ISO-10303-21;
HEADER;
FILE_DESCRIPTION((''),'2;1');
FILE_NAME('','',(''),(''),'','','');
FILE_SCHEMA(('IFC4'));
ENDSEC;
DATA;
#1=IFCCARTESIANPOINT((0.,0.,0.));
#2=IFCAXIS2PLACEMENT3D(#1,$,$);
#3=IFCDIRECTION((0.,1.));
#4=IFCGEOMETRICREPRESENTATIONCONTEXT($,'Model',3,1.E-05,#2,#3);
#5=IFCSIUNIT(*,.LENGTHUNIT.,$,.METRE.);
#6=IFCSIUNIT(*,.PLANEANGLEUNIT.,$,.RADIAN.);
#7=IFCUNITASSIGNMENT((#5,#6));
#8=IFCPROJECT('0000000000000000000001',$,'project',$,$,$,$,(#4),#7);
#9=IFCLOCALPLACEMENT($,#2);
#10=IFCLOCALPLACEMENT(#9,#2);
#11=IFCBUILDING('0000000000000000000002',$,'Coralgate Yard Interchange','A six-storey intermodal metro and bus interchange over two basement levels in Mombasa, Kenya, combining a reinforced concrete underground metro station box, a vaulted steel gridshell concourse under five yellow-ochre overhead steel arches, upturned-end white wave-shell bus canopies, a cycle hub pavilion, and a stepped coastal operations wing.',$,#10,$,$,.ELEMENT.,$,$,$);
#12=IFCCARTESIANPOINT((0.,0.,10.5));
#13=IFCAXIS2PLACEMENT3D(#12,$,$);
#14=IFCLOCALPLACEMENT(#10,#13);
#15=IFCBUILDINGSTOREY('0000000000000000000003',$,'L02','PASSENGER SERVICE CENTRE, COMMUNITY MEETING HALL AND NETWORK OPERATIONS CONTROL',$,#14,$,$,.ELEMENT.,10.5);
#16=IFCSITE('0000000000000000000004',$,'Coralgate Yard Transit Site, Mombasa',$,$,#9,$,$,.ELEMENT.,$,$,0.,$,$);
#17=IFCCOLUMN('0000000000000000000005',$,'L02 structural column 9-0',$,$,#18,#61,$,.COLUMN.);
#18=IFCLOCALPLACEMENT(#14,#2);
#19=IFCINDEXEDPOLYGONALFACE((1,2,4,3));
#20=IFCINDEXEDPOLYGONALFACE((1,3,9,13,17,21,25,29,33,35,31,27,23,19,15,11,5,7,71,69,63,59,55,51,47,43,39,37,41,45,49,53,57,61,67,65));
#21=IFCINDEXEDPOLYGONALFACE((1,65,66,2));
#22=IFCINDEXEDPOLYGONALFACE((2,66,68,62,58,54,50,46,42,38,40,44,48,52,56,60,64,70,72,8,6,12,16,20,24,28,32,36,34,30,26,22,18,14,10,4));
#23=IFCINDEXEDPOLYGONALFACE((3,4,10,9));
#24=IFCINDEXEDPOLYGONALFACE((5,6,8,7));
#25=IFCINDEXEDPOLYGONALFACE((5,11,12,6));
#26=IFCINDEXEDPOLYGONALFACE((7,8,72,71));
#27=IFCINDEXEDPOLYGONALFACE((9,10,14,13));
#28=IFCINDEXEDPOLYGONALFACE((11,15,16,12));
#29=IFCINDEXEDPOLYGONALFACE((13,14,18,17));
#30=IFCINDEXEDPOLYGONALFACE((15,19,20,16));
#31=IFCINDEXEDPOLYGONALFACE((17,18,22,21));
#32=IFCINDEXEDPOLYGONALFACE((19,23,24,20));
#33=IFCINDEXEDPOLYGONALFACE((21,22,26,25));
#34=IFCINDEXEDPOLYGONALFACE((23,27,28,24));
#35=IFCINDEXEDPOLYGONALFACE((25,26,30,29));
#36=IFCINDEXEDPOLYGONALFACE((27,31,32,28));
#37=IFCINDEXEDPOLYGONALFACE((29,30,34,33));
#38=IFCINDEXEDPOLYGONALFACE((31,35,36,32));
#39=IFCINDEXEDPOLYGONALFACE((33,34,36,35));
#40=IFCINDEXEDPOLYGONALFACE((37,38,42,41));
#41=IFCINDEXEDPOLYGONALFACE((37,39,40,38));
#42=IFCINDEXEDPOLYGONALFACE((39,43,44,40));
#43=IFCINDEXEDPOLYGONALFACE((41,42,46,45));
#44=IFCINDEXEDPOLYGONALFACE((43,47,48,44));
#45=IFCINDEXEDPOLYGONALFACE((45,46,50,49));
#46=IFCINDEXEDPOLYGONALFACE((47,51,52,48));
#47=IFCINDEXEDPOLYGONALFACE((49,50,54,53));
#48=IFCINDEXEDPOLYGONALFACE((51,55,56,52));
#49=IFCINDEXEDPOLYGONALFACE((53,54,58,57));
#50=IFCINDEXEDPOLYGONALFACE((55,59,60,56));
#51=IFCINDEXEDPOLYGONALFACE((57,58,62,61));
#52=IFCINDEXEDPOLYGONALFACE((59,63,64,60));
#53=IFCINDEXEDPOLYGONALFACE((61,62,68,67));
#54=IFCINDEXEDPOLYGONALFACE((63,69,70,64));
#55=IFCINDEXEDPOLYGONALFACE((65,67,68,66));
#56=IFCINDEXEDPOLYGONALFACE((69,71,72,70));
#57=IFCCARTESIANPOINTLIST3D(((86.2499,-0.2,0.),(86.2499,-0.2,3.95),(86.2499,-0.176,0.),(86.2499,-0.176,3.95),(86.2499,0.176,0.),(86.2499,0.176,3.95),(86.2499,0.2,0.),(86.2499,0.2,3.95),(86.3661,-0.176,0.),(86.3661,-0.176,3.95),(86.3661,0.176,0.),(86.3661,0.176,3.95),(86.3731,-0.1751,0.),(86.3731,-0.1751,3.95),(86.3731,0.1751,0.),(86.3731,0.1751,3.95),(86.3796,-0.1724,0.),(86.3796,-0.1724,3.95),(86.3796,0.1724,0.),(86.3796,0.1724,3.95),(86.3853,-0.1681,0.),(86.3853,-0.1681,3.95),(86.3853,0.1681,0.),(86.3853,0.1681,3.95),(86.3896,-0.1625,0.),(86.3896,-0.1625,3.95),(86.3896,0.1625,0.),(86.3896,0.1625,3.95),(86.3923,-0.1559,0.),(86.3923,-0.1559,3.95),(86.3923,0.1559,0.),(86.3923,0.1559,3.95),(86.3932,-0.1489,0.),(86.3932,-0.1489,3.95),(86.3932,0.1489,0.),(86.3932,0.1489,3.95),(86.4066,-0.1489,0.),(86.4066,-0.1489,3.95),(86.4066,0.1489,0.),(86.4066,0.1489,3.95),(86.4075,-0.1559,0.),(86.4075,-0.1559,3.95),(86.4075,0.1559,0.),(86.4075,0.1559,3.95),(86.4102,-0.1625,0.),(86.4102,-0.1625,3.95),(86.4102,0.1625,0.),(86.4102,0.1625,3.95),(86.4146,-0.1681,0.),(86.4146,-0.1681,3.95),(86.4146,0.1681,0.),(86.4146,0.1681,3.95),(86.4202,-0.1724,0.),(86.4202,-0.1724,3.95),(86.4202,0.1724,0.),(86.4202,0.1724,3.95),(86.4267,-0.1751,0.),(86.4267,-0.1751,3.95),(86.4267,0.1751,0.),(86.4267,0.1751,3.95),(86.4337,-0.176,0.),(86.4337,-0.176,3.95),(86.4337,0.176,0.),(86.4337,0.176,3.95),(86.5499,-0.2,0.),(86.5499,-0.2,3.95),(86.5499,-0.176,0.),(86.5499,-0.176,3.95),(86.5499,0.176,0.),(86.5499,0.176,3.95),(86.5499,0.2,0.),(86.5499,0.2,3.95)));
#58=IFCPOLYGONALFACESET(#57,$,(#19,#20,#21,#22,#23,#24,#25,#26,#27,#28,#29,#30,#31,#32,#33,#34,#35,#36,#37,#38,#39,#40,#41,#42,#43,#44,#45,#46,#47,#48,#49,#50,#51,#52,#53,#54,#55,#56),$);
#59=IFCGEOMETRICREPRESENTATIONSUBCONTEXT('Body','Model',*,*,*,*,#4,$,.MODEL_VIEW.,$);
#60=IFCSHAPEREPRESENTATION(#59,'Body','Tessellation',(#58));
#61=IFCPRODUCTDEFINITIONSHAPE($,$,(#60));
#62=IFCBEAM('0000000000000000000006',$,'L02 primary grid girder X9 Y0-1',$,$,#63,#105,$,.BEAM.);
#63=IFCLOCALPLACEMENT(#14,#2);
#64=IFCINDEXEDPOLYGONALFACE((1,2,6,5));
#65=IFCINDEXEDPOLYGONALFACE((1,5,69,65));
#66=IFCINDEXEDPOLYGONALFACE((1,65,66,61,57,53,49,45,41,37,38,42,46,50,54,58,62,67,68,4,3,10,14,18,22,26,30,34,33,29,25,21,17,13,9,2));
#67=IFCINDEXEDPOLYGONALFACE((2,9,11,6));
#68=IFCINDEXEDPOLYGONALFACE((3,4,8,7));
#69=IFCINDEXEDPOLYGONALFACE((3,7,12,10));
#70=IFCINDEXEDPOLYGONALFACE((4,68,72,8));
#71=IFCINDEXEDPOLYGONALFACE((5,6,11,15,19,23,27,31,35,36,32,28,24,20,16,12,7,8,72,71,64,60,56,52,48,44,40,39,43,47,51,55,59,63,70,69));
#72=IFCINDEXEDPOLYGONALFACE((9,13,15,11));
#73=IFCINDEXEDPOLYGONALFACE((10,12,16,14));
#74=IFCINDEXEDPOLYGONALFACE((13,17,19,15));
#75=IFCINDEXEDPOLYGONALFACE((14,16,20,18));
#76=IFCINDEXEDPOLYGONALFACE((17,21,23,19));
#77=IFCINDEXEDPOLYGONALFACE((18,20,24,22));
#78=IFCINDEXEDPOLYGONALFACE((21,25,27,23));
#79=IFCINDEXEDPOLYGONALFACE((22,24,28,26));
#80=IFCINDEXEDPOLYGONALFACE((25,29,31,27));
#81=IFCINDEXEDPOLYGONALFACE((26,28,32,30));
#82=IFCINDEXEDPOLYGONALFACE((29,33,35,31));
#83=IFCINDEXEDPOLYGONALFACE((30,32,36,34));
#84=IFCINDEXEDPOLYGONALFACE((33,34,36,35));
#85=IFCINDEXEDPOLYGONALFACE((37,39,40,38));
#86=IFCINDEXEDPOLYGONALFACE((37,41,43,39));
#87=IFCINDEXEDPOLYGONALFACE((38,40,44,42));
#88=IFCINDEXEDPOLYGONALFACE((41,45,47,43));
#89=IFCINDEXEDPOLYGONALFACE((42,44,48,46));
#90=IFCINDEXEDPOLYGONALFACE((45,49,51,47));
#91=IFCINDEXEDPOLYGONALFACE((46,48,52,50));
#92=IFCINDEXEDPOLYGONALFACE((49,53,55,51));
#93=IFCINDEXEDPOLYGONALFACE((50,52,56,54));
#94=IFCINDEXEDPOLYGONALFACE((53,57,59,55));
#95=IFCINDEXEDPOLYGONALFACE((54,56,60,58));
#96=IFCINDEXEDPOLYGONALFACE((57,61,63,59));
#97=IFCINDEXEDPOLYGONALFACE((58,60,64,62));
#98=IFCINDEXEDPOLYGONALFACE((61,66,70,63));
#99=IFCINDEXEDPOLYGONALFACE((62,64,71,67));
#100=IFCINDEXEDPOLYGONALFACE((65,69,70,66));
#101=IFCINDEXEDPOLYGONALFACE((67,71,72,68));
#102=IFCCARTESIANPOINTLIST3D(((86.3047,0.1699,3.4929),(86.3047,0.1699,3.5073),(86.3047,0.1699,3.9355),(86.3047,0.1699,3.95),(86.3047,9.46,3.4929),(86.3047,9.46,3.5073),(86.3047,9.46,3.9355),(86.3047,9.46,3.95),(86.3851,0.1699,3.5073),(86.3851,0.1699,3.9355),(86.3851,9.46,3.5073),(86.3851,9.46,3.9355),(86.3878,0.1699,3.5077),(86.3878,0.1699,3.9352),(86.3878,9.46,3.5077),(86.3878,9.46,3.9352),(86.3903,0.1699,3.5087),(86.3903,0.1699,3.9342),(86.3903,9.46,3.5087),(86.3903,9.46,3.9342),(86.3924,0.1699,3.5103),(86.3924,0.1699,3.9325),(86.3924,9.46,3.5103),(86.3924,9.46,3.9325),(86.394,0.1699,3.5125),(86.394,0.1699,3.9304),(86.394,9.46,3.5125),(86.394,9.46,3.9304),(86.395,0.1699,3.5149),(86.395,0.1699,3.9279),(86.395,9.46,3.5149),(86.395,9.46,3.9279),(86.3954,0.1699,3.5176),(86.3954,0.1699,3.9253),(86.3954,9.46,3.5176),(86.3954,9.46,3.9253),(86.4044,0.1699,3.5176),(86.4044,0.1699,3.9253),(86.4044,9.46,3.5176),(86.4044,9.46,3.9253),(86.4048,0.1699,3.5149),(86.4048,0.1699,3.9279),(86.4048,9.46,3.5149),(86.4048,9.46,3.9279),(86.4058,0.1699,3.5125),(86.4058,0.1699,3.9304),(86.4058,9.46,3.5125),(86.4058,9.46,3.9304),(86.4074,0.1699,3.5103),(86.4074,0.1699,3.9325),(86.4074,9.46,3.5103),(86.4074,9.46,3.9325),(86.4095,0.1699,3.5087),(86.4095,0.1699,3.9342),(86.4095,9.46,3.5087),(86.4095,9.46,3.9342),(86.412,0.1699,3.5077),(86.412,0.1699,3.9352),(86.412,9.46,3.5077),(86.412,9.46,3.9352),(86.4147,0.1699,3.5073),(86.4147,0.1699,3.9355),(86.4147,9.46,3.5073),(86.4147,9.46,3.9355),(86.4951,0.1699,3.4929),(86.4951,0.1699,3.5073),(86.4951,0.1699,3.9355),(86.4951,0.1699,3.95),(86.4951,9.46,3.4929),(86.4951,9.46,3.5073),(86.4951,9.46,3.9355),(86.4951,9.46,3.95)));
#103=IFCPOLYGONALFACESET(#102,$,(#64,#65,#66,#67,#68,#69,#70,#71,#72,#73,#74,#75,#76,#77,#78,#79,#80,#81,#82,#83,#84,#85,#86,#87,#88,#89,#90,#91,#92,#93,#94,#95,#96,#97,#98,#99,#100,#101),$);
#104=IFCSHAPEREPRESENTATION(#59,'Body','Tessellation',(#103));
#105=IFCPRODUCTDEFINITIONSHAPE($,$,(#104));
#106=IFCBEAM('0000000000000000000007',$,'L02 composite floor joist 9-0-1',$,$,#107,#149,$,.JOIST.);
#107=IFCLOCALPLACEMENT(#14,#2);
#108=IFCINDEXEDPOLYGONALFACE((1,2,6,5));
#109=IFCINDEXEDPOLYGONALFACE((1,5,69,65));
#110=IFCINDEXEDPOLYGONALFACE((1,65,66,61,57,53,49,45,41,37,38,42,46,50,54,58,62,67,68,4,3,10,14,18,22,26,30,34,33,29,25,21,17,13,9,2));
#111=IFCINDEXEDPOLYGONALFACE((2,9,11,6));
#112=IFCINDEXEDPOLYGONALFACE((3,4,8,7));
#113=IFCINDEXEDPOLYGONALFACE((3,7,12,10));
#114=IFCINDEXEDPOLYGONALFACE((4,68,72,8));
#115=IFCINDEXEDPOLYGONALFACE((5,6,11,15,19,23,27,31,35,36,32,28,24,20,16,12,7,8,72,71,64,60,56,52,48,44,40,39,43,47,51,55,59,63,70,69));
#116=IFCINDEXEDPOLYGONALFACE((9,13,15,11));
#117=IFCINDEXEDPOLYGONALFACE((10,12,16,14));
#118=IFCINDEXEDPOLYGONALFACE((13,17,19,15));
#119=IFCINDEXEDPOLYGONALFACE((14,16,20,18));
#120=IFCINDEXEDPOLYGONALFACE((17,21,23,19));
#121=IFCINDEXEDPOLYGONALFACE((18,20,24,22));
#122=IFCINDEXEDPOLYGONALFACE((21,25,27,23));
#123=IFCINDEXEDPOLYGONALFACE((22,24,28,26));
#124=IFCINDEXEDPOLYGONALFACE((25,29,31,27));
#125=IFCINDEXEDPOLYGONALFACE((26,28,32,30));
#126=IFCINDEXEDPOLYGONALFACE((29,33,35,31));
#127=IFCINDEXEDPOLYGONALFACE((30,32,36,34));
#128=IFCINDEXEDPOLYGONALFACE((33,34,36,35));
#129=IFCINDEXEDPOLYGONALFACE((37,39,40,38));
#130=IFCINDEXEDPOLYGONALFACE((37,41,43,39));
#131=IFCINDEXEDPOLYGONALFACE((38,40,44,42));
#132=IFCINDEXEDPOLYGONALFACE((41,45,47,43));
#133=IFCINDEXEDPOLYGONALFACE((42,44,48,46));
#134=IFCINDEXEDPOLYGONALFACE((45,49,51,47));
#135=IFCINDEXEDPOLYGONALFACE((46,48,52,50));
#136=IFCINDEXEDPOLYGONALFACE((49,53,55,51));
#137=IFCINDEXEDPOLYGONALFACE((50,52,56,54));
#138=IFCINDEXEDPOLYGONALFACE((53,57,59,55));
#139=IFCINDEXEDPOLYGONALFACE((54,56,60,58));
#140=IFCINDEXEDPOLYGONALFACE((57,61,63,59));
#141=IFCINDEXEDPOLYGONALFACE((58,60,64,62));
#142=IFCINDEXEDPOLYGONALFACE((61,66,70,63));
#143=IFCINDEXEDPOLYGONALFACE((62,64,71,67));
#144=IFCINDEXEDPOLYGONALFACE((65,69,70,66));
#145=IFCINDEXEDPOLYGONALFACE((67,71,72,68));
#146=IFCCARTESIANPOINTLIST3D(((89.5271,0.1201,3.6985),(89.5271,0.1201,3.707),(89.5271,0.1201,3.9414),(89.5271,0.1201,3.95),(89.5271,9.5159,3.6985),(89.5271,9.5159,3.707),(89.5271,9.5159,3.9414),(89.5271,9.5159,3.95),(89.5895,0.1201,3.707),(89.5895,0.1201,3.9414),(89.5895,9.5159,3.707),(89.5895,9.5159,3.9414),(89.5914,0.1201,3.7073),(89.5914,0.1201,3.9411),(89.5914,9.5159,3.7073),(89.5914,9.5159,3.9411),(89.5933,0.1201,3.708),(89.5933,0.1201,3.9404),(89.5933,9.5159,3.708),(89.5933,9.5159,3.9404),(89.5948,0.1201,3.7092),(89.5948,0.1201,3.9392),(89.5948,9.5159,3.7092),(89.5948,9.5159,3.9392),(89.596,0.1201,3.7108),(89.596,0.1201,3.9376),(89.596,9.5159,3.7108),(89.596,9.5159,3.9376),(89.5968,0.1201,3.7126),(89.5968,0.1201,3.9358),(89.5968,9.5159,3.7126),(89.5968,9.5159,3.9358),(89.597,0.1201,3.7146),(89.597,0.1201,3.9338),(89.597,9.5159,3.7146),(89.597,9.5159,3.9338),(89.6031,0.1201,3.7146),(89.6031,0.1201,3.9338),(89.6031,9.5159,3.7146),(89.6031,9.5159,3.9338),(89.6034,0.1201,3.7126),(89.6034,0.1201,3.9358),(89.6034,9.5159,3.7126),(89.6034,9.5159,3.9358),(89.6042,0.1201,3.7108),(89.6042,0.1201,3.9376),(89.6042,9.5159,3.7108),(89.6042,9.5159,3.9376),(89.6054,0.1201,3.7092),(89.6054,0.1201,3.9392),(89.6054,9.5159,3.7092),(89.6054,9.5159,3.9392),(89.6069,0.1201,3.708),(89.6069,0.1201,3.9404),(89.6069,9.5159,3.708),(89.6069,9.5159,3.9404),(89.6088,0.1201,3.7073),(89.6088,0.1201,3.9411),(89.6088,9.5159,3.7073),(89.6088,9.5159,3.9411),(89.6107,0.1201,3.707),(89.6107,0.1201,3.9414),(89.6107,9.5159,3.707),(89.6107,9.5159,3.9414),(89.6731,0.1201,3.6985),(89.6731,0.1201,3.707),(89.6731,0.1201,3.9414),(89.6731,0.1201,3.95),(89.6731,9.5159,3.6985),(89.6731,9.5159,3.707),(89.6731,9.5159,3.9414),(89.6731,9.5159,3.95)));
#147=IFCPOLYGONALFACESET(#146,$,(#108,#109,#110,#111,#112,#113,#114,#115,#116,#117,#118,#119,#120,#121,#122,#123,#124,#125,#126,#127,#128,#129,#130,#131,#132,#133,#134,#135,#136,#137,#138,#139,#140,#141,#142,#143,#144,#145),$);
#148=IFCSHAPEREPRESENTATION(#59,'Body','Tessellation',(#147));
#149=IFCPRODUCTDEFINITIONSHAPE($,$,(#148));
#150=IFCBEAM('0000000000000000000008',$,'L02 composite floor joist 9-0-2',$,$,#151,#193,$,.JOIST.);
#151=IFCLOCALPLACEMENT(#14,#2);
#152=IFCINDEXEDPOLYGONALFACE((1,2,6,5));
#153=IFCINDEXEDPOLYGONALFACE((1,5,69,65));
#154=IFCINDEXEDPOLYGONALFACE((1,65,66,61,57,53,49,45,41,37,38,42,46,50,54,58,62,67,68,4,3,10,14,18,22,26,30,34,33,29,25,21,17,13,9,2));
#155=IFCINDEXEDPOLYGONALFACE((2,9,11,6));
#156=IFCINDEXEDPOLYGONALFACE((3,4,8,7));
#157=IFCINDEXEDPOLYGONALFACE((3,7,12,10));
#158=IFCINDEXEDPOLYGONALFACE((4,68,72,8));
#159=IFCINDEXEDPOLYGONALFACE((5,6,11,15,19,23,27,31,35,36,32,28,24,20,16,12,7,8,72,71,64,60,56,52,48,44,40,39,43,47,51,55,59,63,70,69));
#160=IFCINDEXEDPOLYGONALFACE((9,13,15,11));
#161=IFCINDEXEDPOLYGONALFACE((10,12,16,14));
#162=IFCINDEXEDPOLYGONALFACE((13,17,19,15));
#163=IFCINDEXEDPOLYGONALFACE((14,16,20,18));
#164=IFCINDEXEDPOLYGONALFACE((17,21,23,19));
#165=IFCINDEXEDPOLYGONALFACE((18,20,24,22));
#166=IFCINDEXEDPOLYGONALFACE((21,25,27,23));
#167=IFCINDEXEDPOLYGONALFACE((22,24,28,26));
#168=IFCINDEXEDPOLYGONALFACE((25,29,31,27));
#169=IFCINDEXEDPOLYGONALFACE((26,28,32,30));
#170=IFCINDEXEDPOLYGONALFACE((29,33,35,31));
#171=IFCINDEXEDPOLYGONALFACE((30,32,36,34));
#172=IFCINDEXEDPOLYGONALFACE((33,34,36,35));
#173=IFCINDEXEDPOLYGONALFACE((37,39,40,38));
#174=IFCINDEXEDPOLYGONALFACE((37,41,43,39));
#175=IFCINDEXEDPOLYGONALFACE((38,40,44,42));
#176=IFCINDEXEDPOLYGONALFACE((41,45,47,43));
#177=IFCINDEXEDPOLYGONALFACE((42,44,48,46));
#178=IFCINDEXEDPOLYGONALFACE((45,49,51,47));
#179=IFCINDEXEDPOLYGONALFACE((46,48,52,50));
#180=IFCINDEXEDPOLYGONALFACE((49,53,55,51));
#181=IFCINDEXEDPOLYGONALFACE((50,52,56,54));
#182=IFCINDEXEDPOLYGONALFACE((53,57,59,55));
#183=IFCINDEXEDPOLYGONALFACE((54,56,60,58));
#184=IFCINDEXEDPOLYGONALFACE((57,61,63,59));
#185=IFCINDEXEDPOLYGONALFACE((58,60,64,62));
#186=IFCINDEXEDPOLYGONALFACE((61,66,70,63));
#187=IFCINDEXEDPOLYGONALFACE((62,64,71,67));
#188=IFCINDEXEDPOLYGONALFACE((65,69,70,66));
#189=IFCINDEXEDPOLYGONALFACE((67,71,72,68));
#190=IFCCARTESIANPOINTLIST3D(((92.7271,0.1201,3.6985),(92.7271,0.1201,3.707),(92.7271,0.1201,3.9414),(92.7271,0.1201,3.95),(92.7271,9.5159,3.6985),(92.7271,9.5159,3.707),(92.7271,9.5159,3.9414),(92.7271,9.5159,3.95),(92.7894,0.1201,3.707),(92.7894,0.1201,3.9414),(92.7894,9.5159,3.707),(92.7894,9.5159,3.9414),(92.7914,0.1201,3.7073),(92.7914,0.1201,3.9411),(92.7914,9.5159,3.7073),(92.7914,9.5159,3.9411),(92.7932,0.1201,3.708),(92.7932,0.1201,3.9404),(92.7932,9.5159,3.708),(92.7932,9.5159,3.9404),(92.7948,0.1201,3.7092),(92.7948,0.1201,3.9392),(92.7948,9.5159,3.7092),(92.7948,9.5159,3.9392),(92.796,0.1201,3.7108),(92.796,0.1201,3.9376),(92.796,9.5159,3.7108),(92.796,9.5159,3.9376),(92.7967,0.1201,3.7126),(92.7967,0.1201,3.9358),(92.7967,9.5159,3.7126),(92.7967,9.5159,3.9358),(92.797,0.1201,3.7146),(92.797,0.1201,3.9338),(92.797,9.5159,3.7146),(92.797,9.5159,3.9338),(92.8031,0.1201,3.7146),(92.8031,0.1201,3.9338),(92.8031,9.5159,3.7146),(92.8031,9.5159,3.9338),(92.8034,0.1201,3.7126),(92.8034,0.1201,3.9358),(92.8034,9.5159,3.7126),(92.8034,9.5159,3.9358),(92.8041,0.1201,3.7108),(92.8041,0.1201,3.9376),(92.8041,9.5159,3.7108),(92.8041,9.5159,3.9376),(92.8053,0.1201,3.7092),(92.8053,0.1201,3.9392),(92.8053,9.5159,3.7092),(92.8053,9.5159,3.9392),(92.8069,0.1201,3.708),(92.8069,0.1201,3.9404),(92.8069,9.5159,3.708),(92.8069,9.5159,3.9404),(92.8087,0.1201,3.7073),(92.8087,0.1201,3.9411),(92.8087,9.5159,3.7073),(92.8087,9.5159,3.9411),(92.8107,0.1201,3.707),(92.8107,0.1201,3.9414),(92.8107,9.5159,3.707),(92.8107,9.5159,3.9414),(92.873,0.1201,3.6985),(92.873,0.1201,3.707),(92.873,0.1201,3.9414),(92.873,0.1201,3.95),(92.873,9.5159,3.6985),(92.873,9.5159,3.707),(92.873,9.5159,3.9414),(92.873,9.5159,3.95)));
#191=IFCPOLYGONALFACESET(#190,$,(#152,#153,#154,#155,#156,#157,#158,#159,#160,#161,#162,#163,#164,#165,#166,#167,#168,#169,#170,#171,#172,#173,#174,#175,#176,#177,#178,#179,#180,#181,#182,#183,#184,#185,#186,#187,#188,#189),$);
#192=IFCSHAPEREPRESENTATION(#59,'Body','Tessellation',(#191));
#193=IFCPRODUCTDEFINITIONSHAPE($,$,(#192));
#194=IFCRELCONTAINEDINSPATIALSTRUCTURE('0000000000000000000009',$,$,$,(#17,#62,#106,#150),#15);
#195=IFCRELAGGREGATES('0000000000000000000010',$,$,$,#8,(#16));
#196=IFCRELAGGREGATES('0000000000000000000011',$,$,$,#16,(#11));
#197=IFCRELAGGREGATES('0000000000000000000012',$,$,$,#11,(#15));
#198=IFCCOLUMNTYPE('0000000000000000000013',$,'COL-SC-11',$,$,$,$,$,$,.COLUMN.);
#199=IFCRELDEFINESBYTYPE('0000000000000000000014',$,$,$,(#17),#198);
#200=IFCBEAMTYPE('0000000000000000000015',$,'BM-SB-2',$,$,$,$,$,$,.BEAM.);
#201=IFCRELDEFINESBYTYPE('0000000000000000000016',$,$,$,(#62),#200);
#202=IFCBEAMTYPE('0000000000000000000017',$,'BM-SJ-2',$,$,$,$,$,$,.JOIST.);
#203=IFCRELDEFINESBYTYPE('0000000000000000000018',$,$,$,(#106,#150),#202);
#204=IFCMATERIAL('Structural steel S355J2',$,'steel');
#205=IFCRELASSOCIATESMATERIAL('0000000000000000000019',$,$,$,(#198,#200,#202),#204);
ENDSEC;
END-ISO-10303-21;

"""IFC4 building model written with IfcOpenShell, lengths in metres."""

from ifc_helpers import new_model, si_unit, direction, frame, origin, origin_2d, place, context, subcontext, project, spatial, i_section, extrude, material, material_profile, profile_set, type_object, element, save


model = new_model("IFC4")

# Units and contexts
model_context = context("Model", 3, precision=1e-05, world=origin(), true_north=direction((0.0, 1.0)))
body_context = subcontext(model_context, "Body", "Model", "MODEL_VIEW")
ifc_project = project(units=[si_unit("LENGTHUNIT", "METRE"), si_unit("PLANEANGLEUNIT", "RADIAN")], contexts=[model_context])

# Site, building, storey
site_placement = place(None, origin())
site = spatial("IfcSite", under=ifc_project, at=site_placement, Name="Coralgate Yard Transit Site, Mombasa", CompositionType="ELEMENT", RefElevation=0.0)
building_placement = place(site_placement, origin())
building = spatial("IfcBuilding", under=site, at=building_placement, Name="Coralgate Yard Interchange", Description="A six-storey intermodal metro and bus interchange over two basement levels in Mombasa, Kenya, combining a reinforced concrete underground metro station box, a vaulted steel gridshell concourse under five yellow-ochre overhead steel arches, upturned-end white wave-shell bus canopies, a cycle hub pavilion, and a stepped coastal operations wing.", CompositionType="ELEMENT")
storey_placement = place(building_placement, frame((0.0, 0.0, 10.5)))
storey = spatial("IfcBuildingStorey", under=building, at=storey_placement, Name="L02", Description="PASSENGER SERVICE CENTRE, COMMUNITY MEETING HALL AND NETWORK OPERATIONS CONTROL", CompositionType="ELEMENT", Elevation=10.5)

# Column
ifc_material_1 = material(Name="Structural steel S355J2", Category="steel")
ifc_material_profile_1 = material_profile(ifc_material_1, i_section(OverallWidth=0.3, OverallDepth=0.3999, WebThickness=0.0134, FlangeThickness=0.0239, FilletRadius=0.0271, at=origin_2d()), Name="HEB 400")
ifc_profile_set_1 = profile_set([ifc_material_profile_1], Name="Structural steel S355J2")
column_type = type_object("IfcColumnType", Name="COL-SC-11", PredefinedType="COLUMN", material=ifc_profile_set_1)
column_placement = place(storey_placement, frame((86.3999, 0.0, 0.0), z_axis=(0.0, 0.0, 1.0), x_axis=(1.0, 0.0, 0.0)))
element("IfcColumn", 1, at=column_placement, inside=storey, type_object=column_type, Name="L02 structural column 9-0", PredefinedType="COLUMN", context=body_context, shape_type="SweptSolid", body=[
    extrude(i_section(OverallWidth=0.3, OverallDepth=0.3999, WebThickness=0.0134, FlangeThickness=0.0239, FilletRadius=0.0271, at=origin_2d()), origin(), (0.0, 0.0, 1.0), 3.95),
])

# Beams
ifc_material_profile_2 = material_profile(ifc_material_1, i_section(OverallWidth=0.1904, OverallDepth=0.457, WebThickness=0.009, FlangeThickness=0.0144, FilletRadius=0.0103, at=origin_2d()), Name="UB 457x191x74")
ifc_profile_set_2 = profile_set([ifc_material_profile_2], Name="Structural steel S355J2")
beam_type_1 = type_object("IfcBeamType", Name="BM-SB-2", PredefinedType="BEAM", material=ifc_profile_set_2)
beam_1_placement = place(storey_placement, frame((86.3999, 0.1699, 3.7214), z_axis=(0.0, 1.0, 0.0), x_axis=(-1.0, 0.0, 0.0)))
element("IfcBeam", 2, at=beam_1_placement, inside=storey, type_object=beam_type_1, Name="L02 primary grid girder X9 Y0-1", PredefinedType="BEAM", context=body_context, shape_type="SweptSolid", body=[
    extrude(i_section(OverallWidth=0.1904, OverallDepth=0.457, WebThickness=0.009, FlangeThickness=0.0144, FilletRadius=0.0103, at=origin_2d()), origin(), (0.0, 0.0, 1.0), 9.29),
])
ifc_material_profile_3 = material_profile(ifc_material_1, i_section(OverallWidth=0.146, OverallDepth=0.2515, WebThickness=0.0061, FlangeThickness=0.0085, FilletRadius=0.0076, at=origin_2d()), Name="UB 254x146x31")
ifc_profile_set_3 = profile_set([ifc_material_profile_3], Name="Structural steel S355J2")
beam_type_2 = type_object("IfcBeamType", Name="BM-SJ-2", PredefinedType="JOIST", material=ifc_profile_set_3)
for number, where, z_axis, x_axis, name in (
    (3, (89.6001, 0.1201, 3.8242), (0.0, 1.0, 0.0), (-1.0, 0.0, 0.0), "L02 composite floor joist 9-0-1"),
    (4, (92.8, 0.1201, 3.8242), (0.0, 1.0, 0.0), (-1.0, 0.0, 0.0), "L02 composite floor joist 9-0-2"),
):
    element("IfcBeam", number, at=place(storey_placement, frame(where, z_axis=z_axis, x_axis=x_axis)), inside=storey, type_object=beam_type_2, Name=name, PredefinedType="JOIST", context=body_context, shape_type="SweptSolid", body=[
        extrude(i_section(OverallWidth=0.146, OverallDepth=0.2515, WebThickness=0.0061, FlangeThickness=0.0085, FilletRadius=0.0076, at=origin_2d()), origin(), (0.0, 0.0, 1.0), 9.3958),
    ])

save(model, "model.ifc")
